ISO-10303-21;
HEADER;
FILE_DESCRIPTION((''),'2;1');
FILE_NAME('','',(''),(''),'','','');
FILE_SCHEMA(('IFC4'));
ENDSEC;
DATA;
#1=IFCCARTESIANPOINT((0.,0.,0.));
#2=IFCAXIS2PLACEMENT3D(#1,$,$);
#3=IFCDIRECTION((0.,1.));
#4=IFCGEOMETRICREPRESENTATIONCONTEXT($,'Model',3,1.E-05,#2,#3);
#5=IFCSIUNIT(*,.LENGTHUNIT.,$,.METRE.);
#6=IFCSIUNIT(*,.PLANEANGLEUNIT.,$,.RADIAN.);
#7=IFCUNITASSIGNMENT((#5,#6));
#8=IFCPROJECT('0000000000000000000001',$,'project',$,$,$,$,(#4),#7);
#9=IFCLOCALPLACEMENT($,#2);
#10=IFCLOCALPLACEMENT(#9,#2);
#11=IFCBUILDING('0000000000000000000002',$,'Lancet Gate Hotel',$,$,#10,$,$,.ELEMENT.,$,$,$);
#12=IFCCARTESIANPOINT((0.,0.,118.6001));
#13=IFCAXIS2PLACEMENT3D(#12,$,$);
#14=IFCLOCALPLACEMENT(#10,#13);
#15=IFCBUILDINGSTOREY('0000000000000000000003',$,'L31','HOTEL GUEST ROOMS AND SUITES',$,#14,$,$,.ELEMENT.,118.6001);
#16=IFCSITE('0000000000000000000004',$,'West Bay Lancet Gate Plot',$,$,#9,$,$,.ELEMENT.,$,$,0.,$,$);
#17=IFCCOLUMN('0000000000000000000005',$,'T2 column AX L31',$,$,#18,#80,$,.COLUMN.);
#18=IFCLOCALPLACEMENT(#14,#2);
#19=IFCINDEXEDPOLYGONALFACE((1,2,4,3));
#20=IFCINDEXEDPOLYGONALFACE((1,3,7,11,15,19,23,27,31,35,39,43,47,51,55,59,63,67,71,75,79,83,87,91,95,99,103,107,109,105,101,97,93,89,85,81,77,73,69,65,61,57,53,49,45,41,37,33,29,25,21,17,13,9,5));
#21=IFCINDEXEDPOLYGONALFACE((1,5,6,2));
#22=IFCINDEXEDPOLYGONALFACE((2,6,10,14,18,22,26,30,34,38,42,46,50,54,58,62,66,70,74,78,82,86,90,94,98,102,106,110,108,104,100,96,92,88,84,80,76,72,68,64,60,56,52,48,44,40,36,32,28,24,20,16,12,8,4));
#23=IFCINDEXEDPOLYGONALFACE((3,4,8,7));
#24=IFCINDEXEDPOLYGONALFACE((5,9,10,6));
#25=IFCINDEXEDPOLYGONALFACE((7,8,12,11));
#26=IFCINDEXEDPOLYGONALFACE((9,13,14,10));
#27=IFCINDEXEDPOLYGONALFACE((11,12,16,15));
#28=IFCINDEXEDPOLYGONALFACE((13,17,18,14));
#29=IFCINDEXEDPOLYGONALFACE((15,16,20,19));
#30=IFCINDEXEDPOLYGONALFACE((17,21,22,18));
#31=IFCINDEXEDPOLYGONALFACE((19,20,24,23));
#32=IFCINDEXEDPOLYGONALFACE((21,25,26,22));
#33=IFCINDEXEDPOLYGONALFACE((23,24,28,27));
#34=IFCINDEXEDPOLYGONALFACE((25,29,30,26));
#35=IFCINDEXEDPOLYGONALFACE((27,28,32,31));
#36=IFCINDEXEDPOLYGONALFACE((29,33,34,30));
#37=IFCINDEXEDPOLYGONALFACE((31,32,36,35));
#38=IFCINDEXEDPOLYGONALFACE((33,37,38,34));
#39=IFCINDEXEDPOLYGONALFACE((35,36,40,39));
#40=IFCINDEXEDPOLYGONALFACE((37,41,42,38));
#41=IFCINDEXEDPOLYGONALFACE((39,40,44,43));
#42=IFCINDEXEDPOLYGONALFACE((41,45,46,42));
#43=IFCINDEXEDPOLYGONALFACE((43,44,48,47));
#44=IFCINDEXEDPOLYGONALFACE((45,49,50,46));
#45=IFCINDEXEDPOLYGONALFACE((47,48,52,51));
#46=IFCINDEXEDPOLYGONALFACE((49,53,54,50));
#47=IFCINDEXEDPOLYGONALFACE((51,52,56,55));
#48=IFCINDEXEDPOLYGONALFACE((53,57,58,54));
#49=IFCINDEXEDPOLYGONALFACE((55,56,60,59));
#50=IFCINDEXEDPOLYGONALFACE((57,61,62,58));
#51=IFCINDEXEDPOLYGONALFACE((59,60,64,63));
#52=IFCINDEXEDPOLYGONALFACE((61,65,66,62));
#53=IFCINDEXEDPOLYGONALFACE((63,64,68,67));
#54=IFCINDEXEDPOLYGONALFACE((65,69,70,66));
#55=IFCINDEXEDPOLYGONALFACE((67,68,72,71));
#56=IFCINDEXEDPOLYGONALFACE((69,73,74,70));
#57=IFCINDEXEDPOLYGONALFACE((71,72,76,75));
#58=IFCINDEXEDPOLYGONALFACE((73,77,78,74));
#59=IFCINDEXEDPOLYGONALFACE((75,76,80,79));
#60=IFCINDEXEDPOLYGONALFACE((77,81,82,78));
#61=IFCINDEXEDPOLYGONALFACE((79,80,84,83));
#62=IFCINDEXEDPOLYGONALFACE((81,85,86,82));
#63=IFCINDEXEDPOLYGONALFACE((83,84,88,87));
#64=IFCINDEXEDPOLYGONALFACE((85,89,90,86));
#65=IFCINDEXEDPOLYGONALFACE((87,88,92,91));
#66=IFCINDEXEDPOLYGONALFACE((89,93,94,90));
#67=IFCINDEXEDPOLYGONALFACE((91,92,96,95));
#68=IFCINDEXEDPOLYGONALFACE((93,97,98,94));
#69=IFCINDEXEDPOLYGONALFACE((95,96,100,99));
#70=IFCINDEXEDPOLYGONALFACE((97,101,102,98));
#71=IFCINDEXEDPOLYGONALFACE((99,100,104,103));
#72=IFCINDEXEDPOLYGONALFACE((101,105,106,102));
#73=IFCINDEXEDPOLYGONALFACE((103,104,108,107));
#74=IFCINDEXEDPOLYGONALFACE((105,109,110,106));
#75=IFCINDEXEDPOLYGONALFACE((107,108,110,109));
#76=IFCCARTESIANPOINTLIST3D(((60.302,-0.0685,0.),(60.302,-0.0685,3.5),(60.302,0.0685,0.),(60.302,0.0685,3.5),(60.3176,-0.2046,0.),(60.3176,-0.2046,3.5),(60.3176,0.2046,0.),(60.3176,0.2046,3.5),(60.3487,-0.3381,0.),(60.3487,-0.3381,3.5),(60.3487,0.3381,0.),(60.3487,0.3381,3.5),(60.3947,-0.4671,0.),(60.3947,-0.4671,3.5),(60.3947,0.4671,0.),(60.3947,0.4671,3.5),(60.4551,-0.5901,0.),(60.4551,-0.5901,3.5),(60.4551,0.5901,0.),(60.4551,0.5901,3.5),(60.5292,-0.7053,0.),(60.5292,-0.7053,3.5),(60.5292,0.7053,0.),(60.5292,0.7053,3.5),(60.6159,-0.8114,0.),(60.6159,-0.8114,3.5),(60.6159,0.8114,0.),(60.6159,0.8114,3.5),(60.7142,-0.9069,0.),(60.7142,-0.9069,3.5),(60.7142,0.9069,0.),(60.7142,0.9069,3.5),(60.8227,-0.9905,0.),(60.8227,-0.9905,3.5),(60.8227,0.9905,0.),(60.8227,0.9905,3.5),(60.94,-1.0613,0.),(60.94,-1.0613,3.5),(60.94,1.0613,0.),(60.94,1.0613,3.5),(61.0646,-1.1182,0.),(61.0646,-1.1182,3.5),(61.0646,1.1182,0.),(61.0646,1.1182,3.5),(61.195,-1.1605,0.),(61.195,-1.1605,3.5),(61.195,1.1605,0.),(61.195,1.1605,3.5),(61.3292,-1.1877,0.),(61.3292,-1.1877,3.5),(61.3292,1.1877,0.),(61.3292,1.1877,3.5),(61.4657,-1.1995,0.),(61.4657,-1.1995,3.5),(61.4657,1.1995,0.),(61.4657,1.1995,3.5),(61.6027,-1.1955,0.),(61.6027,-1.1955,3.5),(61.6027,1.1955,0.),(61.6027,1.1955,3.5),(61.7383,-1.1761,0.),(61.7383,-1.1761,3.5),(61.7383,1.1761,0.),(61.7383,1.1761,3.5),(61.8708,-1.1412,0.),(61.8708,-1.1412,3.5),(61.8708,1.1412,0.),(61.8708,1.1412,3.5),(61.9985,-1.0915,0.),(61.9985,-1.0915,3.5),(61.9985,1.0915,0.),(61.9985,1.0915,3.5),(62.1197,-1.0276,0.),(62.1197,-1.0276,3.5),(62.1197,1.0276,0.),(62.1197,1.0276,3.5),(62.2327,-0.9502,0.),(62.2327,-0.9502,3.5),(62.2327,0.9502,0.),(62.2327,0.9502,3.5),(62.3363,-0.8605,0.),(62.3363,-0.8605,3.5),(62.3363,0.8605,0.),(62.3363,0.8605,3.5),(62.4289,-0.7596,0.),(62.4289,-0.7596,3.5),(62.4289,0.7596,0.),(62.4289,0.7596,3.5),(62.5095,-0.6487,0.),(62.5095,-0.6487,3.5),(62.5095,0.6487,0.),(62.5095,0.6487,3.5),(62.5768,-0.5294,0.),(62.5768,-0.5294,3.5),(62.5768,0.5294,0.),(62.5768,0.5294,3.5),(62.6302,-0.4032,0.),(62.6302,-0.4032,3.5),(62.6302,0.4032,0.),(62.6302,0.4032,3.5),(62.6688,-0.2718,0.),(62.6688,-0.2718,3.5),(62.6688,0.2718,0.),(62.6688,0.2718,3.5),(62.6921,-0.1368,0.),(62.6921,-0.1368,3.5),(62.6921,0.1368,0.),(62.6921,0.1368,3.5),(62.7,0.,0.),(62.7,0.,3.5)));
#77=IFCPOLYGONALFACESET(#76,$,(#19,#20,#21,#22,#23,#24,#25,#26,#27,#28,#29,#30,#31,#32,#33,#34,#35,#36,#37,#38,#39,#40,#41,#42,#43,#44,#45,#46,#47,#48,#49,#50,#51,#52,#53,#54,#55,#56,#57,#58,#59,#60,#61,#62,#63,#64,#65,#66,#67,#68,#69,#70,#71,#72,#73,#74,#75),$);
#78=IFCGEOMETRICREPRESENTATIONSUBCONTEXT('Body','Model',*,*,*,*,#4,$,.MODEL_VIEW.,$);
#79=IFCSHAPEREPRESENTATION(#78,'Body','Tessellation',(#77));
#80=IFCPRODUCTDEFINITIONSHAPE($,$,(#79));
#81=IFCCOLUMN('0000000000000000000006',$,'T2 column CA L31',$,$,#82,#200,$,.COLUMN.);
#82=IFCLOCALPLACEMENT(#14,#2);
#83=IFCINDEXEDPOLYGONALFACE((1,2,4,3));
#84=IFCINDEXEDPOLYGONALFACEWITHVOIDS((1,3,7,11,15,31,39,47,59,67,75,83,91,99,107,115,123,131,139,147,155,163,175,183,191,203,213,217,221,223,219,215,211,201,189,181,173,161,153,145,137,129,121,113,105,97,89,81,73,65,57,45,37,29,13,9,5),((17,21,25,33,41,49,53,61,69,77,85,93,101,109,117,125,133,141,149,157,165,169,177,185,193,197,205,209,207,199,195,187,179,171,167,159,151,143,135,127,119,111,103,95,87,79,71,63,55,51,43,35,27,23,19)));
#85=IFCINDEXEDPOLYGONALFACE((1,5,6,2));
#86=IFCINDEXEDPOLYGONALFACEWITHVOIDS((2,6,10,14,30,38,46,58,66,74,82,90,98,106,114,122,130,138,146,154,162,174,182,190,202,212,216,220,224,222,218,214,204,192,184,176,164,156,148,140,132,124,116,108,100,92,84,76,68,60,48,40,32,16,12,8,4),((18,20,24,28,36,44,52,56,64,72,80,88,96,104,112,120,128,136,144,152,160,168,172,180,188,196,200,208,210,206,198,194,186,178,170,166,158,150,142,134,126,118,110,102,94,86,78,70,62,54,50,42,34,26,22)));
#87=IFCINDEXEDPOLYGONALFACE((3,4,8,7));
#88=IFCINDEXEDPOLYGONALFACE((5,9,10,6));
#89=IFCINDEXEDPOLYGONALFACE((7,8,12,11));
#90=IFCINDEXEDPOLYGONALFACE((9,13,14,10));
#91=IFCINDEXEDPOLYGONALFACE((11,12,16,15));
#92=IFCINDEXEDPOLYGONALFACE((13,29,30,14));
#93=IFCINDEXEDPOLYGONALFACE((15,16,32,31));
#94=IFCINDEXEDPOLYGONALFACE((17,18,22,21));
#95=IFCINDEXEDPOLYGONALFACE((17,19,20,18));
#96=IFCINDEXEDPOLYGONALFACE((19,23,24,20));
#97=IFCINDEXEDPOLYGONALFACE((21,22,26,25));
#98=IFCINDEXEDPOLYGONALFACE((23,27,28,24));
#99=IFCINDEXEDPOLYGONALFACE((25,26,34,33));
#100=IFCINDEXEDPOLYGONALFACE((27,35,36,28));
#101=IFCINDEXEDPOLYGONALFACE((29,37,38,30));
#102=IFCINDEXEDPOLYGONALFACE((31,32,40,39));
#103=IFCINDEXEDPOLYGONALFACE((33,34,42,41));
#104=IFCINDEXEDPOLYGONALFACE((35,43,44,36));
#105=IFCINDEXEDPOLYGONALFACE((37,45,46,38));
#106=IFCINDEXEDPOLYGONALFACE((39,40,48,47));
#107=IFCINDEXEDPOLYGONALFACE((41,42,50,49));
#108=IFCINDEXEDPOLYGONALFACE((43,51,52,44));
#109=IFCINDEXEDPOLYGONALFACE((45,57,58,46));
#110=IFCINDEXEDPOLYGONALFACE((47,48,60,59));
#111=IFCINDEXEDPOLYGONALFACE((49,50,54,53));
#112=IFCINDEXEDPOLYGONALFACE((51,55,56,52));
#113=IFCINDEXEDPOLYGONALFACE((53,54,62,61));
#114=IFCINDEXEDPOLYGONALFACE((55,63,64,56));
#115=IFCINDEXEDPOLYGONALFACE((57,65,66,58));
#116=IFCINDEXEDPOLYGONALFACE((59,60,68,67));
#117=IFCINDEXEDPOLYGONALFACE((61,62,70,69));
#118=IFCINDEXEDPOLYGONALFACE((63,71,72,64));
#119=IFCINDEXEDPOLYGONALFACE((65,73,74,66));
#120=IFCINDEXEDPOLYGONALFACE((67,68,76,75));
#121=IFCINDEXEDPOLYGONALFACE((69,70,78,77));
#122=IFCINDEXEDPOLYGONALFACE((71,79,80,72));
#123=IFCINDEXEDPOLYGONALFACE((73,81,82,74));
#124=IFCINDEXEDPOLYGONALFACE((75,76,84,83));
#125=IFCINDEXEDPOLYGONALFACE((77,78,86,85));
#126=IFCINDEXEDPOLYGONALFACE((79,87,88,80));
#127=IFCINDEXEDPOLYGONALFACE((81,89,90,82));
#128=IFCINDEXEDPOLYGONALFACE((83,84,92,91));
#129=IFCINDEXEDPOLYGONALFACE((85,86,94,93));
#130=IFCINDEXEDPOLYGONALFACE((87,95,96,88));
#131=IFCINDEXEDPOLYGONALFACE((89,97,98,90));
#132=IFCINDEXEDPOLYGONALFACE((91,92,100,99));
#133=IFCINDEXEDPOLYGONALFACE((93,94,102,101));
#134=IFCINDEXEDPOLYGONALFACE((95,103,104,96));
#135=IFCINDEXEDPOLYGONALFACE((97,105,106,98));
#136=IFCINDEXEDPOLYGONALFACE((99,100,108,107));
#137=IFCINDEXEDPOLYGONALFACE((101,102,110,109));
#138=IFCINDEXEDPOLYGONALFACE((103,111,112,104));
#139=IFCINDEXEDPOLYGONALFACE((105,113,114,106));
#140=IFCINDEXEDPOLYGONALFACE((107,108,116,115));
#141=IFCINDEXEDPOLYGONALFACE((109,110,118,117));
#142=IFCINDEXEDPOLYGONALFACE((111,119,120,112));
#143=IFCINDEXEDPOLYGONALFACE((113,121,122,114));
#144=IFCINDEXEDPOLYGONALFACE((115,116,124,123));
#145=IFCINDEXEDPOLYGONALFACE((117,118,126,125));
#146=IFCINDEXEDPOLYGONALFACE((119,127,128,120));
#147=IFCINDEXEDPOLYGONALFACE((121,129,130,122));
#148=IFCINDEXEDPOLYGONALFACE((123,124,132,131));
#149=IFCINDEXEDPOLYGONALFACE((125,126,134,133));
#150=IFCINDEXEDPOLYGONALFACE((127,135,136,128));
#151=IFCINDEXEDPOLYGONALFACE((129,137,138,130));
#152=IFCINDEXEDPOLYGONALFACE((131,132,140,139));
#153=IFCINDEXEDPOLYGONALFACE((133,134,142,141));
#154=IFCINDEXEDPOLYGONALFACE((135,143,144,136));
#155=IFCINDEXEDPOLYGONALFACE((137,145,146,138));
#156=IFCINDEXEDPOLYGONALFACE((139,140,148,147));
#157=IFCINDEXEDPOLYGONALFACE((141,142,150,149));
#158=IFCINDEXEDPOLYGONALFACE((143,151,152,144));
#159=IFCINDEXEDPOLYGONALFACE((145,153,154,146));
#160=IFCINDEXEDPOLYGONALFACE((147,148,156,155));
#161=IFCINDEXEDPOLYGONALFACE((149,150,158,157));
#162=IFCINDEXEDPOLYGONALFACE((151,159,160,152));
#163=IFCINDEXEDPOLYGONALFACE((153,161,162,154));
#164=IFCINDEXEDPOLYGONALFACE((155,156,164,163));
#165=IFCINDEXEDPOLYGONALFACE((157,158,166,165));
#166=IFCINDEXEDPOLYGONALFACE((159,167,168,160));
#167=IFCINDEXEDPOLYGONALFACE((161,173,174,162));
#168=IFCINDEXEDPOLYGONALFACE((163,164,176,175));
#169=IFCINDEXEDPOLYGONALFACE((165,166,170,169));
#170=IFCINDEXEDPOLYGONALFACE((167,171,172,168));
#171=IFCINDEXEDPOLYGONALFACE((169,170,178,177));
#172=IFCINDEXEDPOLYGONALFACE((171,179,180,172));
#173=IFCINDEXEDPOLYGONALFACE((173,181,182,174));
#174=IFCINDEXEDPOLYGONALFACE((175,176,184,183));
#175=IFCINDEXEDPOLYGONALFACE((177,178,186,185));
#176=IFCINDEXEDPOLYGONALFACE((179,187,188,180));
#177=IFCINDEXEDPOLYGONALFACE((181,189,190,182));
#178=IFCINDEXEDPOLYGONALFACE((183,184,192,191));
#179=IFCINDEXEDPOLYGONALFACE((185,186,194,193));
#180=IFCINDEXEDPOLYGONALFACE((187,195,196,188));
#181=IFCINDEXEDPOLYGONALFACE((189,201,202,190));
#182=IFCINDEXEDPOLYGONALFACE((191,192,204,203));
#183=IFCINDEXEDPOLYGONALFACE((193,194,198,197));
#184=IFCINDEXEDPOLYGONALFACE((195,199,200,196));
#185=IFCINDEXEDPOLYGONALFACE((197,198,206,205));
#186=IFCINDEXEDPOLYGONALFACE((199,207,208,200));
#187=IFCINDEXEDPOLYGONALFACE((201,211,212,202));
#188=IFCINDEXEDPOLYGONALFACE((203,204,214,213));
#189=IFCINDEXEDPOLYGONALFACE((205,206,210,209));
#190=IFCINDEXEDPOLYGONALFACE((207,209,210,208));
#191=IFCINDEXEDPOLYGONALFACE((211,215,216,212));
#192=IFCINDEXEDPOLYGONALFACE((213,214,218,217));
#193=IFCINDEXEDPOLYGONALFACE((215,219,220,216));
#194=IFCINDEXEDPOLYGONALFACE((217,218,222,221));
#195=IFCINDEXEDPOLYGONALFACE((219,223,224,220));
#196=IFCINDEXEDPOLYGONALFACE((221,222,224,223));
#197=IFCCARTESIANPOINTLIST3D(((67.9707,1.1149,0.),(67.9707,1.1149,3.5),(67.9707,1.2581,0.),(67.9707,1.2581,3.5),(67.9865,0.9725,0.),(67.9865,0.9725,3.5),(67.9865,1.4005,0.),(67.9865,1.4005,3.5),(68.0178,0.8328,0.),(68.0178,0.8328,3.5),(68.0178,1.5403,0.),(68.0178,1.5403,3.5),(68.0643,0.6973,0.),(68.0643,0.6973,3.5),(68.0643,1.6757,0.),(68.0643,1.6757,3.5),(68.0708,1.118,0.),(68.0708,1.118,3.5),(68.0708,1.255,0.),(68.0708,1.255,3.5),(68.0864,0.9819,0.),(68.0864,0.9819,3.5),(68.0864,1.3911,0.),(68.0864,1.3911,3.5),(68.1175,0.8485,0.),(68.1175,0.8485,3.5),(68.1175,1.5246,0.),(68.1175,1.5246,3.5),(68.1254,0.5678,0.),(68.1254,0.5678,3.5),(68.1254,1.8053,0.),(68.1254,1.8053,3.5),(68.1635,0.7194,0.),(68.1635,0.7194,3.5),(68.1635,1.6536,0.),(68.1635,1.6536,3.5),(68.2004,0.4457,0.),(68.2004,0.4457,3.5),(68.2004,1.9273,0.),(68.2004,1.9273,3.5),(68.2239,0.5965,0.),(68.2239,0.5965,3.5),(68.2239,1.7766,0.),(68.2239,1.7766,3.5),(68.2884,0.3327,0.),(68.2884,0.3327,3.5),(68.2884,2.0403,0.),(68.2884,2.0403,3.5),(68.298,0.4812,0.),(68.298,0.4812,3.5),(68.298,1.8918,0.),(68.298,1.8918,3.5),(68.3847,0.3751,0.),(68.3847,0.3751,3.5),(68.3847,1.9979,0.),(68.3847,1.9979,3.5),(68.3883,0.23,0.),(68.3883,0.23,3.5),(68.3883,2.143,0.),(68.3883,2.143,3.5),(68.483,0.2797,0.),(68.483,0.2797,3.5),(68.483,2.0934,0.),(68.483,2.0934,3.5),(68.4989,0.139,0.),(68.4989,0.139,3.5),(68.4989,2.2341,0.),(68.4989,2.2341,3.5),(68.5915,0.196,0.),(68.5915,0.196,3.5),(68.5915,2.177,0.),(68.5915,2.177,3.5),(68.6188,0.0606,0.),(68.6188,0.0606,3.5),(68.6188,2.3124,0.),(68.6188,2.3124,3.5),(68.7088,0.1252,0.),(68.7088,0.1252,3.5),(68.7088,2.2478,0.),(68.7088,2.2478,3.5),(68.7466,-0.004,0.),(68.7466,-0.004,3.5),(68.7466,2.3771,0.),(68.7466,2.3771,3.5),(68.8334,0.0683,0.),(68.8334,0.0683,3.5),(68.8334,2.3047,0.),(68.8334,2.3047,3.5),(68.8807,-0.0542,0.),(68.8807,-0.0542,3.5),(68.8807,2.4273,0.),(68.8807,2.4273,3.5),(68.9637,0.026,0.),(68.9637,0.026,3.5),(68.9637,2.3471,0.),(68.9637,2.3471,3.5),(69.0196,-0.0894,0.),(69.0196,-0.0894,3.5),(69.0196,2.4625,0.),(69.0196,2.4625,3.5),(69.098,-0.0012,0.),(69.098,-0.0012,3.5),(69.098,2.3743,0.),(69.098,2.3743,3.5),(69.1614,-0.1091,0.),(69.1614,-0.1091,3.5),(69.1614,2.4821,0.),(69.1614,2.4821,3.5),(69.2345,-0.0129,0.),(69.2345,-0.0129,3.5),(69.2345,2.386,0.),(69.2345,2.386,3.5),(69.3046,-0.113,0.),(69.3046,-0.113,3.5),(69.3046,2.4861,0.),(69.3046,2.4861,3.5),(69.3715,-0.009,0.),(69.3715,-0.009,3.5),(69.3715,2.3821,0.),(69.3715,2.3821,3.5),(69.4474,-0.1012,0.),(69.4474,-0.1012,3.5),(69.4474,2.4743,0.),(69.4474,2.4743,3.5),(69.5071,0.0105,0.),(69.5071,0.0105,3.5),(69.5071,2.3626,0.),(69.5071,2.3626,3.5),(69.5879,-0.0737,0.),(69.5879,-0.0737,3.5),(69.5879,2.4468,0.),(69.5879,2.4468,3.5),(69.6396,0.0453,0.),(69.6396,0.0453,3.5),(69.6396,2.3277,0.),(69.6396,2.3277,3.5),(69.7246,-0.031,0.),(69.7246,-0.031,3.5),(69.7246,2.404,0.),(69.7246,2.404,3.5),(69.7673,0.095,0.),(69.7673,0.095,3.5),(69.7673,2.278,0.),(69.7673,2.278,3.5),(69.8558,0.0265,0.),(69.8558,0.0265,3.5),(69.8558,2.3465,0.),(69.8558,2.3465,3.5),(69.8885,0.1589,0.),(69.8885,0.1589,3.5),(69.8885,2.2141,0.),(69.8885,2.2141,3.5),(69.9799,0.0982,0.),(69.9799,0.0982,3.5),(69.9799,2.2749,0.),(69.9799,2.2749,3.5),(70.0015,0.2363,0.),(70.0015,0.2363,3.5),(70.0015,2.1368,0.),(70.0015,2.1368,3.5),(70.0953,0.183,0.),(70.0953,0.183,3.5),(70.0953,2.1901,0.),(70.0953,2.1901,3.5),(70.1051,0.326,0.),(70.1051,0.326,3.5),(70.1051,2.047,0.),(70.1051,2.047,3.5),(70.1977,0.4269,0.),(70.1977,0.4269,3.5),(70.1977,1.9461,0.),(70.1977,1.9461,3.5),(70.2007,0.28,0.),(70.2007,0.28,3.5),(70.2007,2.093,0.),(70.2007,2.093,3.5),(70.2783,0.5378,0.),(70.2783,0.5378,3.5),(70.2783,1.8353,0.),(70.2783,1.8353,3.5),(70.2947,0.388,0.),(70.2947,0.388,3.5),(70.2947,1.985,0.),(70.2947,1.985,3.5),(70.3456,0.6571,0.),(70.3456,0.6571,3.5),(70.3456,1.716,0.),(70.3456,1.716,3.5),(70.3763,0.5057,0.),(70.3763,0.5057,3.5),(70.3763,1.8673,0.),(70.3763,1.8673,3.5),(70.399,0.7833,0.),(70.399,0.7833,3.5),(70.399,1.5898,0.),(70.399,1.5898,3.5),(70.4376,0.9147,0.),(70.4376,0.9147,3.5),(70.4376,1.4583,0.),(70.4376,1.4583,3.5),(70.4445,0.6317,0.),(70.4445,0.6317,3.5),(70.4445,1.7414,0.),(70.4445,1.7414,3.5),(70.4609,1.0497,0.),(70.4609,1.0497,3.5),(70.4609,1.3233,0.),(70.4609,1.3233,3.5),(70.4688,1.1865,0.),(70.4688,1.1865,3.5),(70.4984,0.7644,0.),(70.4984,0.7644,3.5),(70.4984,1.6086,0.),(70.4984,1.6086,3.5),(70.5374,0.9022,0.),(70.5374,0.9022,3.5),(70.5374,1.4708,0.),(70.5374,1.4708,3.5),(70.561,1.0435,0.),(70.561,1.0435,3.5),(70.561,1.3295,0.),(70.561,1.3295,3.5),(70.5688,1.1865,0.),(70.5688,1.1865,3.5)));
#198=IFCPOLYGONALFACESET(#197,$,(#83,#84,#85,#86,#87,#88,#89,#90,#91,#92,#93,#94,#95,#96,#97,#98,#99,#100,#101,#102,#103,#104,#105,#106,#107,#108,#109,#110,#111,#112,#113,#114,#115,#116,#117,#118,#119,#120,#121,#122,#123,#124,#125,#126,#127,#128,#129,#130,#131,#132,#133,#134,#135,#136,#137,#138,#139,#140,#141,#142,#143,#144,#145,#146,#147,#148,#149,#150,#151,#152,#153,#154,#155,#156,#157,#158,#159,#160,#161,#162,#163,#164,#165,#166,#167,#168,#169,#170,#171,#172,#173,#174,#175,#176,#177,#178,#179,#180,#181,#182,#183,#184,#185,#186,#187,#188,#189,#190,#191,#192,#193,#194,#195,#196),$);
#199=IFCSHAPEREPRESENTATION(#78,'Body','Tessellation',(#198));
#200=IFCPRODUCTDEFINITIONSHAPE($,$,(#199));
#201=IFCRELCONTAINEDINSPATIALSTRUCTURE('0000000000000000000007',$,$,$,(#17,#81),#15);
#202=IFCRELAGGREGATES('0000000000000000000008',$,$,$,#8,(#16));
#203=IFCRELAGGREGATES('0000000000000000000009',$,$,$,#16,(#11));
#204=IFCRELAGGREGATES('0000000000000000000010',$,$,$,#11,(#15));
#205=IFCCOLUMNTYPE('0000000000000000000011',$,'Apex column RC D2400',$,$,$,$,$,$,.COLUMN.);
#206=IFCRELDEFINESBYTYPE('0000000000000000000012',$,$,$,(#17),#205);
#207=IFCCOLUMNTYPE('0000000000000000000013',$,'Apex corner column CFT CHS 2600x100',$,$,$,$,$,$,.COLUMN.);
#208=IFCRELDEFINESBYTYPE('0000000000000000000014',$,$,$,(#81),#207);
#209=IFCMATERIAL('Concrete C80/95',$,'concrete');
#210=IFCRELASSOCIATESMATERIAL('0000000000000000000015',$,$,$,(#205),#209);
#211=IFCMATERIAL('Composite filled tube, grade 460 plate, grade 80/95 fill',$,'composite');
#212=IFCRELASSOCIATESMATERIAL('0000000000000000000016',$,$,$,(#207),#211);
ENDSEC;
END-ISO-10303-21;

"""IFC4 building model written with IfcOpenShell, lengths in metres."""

from ifc_helpers import new_model, si_unit, direction, frame, origin, origin_2d, place, context, subcontext, project, spatial, circle, hollow_circle, extrude, material, material_profile, profile_set, type_object, element, save


model = new_model("IFC4")

# Units and contexts
model_context = context("Model", 3, precision=1e-05, world=origin(), true_north=direction((0.0, 1.0)))
body_context = subcontext(model_context, "Body", "Model", "MODEL_VIEW")
ifc_project = project(units=[si_unit("LENGTHUNIT", "METRE"), si_unit("PLANEANGLEUNIT", "RADIAN")], contexts=[model_context])

# Site, building, storey
site_placement = place(None, origin())
site = spatial("IfcSite", under=ifc_project, at=site_placement, Name="West Bay Lancet Gate Plot", CompositionType="ELEMENT", RefElevation=0.0)
building_placement = place(site_placement, origin())
building = spatial("IfcBuilding", under=site, at=building_placement, Name="Lancet Gate Hotel", CompositionType="ELEMENT")
storey_placement = place(building_placement, frame((0.0, 0.0, 118.6001)))
storey = spatial("IfcBuildingStorey", under=building, at=storey_placement, Name="L31", Description="HOTEL GUEST ROOMS AND SUITES", CompositionType="ELEMENT", Elevation=118.6001)

# Columns
ifc_material_1 = material(Name="Concrete C80/95", Category="concrete")
ifc_material_profile_1 = material_profile(ifc_material_1, circle(Radius=1.2, at=origin_2d()), Name="RC D2400")
ifc_profile_set_1 = profile_set([ifc_material_profile_1], Name="Concrete C80/95")
column_type_1 = type_object("IfcColumnType", Name="Apex column RC D2400", PredefinedType="COLUMN", material=ifc_profile_set_1)
column_1_placement = place(storey_placement, frame((61.5, 0.0, 0.0), z_axis=(0.0, 0.0, 1.0), x_axis=(1.0, 0.0, 0.0)))
element("IfcColumn", 1, at=column_1_placement, inside=storey, type_object=column_type_1, Name="T2 column AX L31", PredefinedType="COLUMN", context=body_context, shape_type="SweptSolid", body=[
    extrude(circle(Radius=1.2, at=origin_2d()), origin(), (0.0, 0.0, 1.0), 3.5),
])
ifc_material_2 = material(Name="Composite filled tube, grade 460 plate, grade 80/95 fill", Category="composite")
ifc_material_profile_2 = material_profile(ifc_material_2, hollow_circle(Radius=1.3, WallThickness=0.1001, at=origin_2d()), Name="CHS 2600x100")
ifc_profile_set_2 = profile_set([ifc_material_profile_2], Name="Composite filled tube, grade 460 plate, grade 80/95 fill")
column_type_2 = type_object("IfcColumnType", Name="Apex corner column CFT CHS 2600x100", PredefinedType="COLUMN", material=ifc_profile_set_2)
column_2_placement = place(storey_placement, frame((69.2688, 1.1865, 0.0), z_axis=(0.0, 0.0, 1.0), x_axis=(1.0, 0.0, 0.0)))
element("IfcColumn", 2, at=column_2_placement, inside=storey, type_object=column_type_2, Name="T2 column CA L31", PredefinedType="COLUMN", context=body_context, shape_type="SweptSolid", body=[
    extrude(hollow_circle(Radius=1.3, WallThickness=0.1001, at=origin_2d()), origin(), (0.0, 0.0, 1.0), 3.5),
])

save(model, "model.ifc")
